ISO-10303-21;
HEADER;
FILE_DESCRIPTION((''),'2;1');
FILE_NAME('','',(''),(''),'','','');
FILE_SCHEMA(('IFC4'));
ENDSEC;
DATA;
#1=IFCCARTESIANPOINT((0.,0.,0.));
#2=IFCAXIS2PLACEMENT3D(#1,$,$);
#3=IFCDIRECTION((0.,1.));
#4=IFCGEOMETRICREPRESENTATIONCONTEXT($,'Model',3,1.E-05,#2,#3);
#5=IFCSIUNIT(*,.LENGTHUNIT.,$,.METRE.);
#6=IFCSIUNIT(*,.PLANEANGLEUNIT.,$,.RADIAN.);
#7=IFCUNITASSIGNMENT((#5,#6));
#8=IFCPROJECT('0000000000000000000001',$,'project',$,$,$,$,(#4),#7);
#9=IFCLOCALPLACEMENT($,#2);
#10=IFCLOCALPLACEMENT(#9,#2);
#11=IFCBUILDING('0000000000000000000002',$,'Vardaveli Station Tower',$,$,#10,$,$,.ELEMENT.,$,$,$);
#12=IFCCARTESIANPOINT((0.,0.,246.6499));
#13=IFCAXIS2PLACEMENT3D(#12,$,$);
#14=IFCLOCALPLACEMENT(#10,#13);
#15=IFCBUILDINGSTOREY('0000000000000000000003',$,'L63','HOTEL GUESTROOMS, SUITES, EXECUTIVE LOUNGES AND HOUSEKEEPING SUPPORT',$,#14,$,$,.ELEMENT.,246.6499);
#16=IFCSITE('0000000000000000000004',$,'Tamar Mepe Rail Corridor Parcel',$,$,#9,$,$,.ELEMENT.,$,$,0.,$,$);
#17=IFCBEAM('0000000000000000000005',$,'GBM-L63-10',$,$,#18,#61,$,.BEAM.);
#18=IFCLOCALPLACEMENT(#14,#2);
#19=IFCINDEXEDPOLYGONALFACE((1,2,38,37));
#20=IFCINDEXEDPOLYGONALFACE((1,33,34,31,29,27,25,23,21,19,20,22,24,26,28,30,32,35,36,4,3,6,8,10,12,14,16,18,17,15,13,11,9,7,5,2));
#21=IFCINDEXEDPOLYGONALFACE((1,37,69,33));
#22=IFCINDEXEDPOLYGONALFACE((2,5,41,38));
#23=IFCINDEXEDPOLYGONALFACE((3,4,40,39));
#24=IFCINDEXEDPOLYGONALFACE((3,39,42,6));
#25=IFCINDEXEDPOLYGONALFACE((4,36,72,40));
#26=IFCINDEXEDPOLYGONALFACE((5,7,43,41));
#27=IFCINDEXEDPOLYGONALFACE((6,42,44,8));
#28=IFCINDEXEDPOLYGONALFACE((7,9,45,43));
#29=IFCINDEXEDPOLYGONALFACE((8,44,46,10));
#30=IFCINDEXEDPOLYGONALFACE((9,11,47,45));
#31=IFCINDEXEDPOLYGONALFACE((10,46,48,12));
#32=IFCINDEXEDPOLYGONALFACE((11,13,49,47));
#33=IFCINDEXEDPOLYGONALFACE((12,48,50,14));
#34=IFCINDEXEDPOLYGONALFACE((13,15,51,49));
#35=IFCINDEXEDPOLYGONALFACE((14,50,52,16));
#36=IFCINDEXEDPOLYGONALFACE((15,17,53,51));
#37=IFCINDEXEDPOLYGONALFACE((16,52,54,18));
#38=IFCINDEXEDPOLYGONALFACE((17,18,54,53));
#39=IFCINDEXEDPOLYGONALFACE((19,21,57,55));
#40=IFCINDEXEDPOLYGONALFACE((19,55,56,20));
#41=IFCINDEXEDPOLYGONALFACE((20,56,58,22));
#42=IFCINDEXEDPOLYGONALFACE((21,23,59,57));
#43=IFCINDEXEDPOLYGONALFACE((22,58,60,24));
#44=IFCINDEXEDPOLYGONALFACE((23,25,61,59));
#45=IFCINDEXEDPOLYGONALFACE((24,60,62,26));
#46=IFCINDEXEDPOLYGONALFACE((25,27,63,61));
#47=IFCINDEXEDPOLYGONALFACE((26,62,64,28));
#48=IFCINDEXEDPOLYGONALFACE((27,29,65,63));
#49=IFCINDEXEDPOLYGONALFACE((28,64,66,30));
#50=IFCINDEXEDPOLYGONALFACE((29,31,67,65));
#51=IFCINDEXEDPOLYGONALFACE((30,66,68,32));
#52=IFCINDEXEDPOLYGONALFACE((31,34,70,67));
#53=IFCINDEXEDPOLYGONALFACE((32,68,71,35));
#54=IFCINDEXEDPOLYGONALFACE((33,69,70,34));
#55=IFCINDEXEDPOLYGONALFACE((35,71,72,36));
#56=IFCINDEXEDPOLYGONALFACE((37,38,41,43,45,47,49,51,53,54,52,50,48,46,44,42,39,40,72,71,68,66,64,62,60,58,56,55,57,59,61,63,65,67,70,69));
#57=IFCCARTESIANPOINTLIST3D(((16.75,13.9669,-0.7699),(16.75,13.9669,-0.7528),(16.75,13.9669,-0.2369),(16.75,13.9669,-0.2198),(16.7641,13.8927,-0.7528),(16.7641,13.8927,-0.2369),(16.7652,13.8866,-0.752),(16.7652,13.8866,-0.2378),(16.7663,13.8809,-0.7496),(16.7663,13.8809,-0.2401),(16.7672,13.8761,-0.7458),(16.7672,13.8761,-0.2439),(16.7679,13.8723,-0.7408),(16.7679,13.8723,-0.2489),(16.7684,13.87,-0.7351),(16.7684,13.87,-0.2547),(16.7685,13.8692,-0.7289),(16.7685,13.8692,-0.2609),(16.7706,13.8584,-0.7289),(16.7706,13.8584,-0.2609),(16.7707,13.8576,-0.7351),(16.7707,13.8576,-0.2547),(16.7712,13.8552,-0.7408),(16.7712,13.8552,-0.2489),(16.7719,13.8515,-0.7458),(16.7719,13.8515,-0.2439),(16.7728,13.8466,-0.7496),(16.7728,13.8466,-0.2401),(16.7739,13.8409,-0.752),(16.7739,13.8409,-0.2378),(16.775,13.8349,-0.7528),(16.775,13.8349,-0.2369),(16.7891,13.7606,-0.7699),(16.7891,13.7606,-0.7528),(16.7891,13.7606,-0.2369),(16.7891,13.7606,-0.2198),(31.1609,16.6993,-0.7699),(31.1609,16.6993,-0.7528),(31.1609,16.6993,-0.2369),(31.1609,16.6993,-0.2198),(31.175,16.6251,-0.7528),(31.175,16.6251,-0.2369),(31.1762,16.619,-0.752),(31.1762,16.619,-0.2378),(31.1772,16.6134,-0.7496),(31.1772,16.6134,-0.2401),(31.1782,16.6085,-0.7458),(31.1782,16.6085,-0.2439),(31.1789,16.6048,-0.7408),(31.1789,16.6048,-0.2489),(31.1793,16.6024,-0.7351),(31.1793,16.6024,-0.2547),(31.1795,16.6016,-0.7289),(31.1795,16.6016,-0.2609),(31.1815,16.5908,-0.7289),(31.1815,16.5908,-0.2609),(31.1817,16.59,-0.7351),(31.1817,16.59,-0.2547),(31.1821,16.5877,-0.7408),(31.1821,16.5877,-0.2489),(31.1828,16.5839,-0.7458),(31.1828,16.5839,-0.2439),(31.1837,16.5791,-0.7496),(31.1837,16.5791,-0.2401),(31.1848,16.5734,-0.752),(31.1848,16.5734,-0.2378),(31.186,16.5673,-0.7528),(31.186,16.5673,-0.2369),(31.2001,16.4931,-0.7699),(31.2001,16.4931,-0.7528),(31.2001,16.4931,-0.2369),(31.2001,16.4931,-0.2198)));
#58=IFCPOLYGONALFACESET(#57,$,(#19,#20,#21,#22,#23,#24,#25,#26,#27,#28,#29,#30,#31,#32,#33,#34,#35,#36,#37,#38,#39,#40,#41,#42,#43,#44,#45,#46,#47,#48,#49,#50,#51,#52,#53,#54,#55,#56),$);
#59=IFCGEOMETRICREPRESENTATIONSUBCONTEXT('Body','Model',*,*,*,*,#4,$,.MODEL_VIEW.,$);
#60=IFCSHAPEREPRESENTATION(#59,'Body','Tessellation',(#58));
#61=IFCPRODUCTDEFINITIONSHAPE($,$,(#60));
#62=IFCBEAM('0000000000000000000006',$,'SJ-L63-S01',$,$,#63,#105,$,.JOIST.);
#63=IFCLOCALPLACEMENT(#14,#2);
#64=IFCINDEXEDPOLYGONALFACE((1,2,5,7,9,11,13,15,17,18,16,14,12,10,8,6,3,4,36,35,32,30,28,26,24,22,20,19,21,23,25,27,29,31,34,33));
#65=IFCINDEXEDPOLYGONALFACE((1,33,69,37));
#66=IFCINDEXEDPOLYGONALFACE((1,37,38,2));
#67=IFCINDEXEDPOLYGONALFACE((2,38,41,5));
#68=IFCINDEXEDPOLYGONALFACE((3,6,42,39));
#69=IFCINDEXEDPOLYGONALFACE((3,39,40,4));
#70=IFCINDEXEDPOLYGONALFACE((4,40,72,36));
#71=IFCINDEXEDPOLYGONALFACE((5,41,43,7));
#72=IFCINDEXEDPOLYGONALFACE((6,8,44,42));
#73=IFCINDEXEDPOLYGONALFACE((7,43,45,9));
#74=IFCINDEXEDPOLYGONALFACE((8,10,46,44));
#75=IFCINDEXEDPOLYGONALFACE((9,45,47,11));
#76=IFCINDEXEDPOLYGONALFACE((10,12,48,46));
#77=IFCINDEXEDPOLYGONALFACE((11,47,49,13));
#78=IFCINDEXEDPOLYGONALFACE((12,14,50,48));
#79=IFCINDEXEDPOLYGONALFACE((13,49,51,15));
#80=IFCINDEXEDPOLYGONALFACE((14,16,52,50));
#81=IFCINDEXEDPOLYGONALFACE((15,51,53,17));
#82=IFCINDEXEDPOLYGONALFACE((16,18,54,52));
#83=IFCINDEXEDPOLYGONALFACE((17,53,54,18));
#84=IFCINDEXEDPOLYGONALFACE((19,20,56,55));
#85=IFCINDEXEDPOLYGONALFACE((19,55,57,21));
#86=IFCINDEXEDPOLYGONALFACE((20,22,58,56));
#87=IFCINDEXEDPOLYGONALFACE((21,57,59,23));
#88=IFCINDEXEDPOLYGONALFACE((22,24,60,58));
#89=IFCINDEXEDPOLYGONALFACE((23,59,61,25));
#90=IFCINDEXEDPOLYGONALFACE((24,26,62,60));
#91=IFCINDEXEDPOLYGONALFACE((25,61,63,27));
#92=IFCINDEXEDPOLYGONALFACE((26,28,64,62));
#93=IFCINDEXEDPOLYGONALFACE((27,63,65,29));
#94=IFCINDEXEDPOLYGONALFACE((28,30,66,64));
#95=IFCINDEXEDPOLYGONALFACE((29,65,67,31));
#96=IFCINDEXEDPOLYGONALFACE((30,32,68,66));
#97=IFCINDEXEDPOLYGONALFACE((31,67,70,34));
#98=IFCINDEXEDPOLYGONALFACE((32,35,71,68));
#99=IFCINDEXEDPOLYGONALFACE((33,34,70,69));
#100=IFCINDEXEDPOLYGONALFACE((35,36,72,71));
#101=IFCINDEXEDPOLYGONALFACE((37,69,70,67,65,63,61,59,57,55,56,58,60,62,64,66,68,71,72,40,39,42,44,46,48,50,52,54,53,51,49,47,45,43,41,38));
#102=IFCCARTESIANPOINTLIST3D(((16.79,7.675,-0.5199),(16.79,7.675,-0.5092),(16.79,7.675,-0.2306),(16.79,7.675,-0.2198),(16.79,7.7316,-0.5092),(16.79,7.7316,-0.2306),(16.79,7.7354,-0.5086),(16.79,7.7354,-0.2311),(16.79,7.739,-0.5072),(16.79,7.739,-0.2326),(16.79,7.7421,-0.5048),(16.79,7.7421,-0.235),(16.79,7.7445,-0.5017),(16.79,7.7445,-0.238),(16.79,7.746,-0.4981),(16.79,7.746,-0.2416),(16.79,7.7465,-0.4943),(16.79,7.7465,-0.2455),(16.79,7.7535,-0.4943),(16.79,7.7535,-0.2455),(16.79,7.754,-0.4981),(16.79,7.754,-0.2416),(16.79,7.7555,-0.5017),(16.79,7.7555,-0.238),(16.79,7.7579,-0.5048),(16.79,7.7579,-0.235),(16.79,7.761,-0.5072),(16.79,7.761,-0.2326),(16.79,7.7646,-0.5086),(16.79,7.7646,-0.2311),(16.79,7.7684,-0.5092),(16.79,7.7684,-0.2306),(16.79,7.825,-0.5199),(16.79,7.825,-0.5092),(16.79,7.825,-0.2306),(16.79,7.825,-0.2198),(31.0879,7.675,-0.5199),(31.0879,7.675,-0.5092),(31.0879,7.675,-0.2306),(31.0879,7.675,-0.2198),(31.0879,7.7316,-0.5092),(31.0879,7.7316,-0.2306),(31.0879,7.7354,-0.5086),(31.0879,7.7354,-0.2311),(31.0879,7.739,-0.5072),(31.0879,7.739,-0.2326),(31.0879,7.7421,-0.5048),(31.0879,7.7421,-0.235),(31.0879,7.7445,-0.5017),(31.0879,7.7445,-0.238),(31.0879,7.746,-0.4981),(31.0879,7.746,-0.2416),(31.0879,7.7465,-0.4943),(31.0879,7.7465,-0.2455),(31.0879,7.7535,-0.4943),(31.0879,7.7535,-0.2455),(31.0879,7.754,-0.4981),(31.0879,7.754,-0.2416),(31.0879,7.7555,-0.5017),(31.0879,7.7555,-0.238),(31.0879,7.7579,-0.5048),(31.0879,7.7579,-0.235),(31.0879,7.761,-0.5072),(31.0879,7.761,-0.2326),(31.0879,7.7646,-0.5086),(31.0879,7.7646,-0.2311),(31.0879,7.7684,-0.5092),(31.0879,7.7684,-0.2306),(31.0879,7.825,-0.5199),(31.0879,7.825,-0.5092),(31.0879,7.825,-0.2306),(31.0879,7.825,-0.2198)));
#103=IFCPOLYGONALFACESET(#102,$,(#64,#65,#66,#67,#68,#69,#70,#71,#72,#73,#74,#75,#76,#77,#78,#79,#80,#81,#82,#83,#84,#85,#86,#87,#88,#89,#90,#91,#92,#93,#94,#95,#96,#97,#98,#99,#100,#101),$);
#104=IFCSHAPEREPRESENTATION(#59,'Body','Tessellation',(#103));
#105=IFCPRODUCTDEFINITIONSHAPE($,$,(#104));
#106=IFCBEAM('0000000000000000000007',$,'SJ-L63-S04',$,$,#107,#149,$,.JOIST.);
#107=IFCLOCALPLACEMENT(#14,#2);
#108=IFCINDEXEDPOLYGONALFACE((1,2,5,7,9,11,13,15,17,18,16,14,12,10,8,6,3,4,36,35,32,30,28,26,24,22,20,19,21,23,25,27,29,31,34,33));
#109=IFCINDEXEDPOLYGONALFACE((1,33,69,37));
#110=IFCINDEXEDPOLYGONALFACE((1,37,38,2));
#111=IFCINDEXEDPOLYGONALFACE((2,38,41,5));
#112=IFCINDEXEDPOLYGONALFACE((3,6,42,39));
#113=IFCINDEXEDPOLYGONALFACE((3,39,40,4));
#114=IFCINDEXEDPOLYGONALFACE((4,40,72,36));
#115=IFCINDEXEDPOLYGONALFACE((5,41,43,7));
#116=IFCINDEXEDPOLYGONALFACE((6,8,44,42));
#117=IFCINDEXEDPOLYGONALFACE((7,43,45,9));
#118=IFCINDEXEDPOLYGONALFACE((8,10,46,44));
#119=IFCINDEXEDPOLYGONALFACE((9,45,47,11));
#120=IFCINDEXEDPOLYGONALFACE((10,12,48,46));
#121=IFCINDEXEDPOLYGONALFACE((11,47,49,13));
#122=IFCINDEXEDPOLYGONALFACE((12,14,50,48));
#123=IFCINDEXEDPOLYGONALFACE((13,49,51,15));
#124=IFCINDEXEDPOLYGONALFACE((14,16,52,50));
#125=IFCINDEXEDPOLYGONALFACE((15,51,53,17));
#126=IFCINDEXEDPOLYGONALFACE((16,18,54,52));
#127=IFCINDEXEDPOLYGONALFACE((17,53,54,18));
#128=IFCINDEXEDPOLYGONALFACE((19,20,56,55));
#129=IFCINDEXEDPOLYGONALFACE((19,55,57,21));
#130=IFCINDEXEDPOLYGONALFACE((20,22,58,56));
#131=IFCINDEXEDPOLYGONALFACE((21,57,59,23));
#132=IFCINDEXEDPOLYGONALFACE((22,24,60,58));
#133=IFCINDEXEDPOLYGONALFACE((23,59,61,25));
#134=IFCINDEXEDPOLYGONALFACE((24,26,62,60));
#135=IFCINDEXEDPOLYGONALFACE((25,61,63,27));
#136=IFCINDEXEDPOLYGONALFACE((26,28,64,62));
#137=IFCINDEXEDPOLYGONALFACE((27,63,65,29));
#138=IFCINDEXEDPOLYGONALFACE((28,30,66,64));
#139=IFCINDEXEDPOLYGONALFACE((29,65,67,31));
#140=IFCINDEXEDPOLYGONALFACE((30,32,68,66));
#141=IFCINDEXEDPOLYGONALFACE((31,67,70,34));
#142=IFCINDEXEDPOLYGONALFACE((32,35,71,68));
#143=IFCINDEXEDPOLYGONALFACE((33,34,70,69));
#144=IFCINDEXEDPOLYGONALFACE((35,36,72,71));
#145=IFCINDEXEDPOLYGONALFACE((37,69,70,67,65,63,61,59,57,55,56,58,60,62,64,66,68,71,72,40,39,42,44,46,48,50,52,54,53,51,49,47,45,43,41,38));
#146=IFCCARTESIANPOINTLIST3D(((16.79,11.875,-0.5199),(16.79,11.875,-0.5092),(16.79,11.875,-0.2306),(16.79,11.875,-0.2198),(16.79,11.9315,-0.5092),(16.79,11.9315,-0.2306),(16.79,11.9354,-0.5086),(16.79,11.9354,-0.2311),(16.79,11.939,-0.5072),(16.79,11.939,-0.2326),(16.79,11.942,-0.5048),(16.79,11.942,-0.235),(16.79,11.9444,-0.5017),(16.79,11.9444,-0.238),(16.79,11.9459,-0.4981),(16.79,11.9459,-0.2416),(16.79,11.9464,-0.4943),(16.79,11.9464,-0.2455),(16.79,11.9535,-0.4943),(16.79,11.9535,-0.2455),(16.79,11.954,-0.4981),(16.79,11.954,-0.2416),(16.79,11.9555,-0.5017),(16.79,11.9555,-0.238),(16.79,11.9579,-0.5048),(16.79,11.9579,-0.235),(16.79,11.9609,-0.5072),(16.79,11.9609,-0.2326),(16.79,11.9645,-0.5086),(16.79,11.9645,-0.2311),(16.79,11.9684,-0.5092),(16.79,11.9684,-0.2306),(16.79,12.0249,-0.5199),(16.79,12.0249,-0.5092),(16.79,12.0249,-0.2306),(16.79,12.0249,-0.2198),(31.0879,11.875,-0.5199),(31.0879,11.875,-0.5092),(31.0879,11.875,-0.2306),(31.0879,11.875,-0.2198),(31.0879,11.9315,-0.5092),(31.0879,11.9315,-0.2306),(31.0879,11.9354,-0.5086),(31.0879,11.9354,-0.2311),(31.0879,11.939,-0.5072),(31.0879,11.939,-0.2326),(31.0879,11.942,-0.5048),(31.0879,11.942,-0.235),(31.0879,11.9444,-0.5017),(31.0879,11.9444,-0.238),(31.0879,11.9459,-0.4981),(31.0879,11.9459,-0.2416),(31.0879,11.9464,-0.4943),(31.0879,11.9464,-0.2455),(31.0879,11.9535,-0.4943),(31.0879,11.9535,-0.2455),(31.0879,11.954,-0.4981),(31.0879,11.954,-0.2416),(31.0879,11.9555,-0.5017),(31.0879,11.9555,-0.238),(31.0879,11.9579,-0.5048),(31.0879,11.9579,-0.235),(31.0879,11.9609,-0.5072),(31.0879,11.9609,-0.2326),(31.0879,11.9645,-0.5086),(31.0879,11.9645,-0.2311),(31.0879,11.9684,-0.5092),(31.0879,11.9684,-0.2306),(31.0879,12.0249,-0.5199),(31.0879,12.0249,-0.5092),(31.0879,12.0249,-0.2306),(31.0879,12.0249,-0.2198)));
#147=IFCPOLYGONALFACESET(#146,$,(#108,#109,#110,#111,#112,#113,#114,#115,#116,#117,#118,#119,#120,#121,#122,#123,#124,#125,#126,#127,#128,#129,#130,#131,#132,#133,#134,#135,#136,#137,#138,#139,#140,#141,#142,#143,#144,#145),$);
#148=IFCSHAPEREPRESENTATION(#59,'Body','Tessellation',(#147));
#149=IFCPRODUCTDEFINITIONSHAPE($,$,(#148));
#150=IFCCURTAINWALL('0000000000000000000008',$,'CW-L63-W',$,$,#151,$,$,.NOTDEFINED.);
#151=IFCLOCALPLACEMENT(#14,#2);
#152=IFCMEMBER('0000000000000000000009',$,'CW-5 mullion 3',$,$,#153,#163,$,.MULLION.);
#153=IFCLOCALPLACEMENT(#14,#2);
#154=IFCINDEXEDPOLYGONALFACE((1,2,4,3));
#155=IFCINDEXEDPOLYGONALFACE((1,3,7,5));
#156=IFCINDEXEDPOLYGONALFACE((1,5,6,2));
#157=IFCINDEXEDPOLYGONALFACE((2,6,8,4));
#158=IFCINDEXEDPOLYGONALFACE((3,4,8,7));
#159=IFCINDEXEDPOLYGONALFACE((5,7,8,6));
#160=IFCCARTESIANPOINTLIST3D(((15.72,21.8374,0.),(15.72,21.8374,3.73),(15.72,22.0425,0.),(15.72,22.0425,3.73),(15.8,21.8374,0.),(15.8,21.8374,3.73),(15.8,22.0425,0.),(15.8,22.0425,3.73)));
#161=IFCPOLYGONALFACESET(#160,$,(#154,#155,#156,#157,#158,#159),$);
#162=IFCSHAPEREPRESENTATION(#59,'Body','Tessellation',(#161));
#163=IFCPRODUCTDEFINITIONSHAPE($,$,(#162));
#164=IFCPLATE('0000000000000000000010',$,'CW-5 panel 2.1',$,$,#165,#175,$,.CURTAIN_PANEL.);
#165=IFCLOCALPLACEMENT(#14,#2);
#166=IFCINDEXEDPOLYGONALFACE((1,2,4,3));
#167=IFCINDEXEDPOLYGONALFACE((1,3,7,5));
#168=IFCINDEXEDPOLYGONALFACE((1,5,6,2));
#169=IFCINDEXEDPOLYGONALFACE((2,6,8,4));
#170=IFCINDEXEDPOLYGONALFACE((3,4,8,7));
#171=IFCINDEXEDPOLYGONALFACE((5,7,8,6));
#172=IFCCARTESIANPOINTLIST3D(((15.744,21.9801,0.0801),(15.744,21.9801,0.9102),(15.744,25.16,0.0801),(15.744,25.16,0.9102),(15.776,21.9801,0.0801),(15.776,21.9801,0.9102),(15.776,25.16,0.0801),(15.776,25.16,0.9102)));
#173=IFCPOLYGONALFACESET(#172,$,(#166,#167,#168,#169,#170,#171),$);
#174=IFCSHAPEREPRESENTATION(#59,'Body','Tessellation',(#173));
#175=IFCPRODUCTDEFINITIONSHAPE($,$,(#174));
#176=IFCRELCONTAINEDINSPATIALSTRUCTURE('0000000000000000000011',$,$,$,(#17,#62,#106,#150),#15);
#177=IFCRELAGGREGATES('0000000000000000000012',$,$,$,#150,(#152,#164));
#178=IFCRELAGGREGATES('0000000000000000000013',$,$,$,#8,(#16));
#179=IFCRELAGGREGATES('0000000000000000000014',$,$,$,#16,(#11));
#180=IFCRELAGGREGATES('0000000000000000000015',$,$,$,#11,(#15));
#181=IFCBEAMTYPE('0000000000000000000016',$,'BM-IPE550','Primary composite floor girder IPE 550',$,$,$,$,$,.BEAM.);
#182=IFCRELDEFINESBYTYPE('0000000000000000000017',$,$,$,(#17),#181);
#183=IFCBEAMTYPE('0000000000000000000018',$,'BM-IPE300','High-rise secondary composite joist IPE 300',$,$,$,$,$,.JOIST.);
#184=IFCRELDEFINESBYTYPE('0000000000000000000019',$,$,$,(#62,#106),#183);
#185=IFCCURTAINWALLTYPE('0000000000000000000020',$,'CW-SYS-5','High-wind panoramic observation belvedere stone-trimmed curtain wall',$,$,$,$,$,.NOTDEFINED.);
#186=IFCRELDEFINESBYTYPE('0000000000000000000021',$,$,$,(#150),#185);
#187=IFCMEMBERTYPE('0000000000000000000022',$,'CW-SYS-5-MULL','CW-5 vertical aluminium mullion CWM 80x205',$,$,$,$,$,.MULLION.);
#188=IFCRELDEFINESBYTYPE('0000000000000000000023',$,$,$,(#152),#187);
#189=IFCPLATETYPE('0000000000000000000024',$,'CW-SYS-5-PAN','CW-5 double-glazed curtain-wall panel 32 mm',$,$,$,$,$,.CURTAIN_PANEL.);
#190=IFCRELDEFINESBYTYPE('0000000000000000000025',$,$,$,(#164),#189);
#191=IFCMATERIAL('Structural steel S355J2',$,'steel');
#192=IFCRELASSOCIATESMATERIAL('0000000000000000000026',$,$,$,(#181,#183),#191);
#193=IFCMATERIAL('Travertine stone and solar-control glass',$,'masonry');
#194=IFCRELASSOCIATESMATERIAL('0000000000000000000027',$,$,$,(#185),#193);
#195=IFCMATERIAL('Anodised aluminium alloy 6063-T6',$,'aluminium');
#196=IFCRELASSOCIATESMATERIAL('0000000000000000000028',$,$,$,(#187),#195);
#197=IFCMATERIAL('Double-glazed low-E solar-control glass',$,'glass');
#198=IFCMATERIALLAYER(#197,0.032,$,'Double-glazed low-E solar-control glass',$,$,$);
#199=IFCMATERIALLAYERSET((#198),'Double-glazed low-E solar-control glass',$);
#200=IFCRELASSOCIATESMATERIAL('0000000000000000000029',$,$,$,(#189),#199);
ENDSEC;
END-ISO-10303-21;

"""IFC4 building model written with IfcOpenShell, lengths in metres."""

from ifc_helpers import new_model, si_unit, direction, frame, origin, origin_2d, place, context, subcontext, project, spatial, rectangle, i_section, extrude, source, transform, mapped, material, layer, layer_set, material_profile, profile_set, type_object, element, aggregate, save


model = new_model("IFC4")

# Units and contexts
model_context = context("Model", 3, precision=1e-05, world=origin(), true_north=direction((0.0, 1.0)))
body_context = subcontext(model_context, "Body", "Model", "MODEL_VIEW")
ifc_project = project(units=[si_unit("LENGTHUNIT", "METRE"), si_unit("PLANEANGLEUNIT", "RADIAN")], contexts=[model_context])

# Site, building, storey
site_placement = place(None, origin())
site = spatial("IfcSite", under=ifc_project, at=site_placement, Name="Tamar Mepe Rail Corridor Parcel", CompositionType="ELEMENT", RefElevation=0.0)
building_placement = place(site_placement, origin())
building = spatial("IfcBuilding", under=site, at=building_placement, Name="Vardaveli Station Tower", CompositionType="ELEMENT")
storey_placement = place(building_placement, frame((0.0, 0.0, 246.6499)))
storey = spatial("IfcBuildingStorey", under=building, at=storey_placement, Name="L63", Description="HOTEL GUESTROOMS, SUITES, EXECUTIVE LOUNGES AND HOUSEKEEPING SUPPORT", CompositionType="ELEMENT", Elevation=246.6499)

# Beams
ifc_material_1 = material(Name="Structural steel S355J2", Category="steel")
ifc_material_profile_1 = material_profile(ifc_material_1, i_section(OverallWidth=0.21, OverallDepth=0.55, WebThickness=0.011, FlangeThickness=0.0171, FilletRadius=0.0239, at=origin_2d()), Name="IPE 550")
ifc_profile_set_1 = profile_set([ifc_material_profile_1], Name="Structural steel S355J2")
beam_type_1 = type_object("IfcBeamType", Name="BM-IPE550", Description="Primary composite floor girder IPE 550", PredefinedType="BEAM", material=ifc_profile_set_1)
shared_shape_1 = source(origin(), body_context, "Body", "SweptSolid", [
    extrude(i_section(OverallWidth=0.21, OverallDepth=0.55, WebThickness=0.011, FlangeThickness=0.0171, FilletRadius=0.0239, at=origin_2d()), origin(), (0.0, 0.0, 1.0), 14.6677),
])
beam_1_placement = place(storey_placement, frame((16.7695, 13.8638, -0.4949), z_axis=(0.982495, 0.186289, 0.0), x_axis=(-0.186289, 0.982495, 0.0)))
element("IfcBeam", 1, at=beam_1_placement, inside=storey, type_object=beam_type_1, Name="GBM-L63-10", PredefinedType="BEAM", context=body_context, shape_type="MappedRepresentation", body=[
    mapped(shared_shape_1, transform((0.0, 0.0, 0.0), scale=1.0)),
])
ifc_material_profile_2 = material_profile(ifc_material_1, i_section(OverallWidth=0.1499, OverallDepth=0.3, WebThickness=0.0071, FlangeThickness=0.0107, FilletRadius=0.0149, at=origin_2d()), Name="IPE 300")
ifc_profile_set_2 = profile_set([ifc_material_profile_2], Name="Structural steel S355J2")
beam_type_2 = type_object("IfcBeamType", Name="BM-IPE300", Description="High-rise secondary composite joist IPE 300", PredefinedType="JOIST", material=ifc_profile_set_2)
shared_shape_2 = source(origin(), body_context, "Body", "SweptSolid", [
    extrude(i_section(OverallWidth=0.1499, OverallDepth=0.3, WebThickness=0.0071, FlangeThickness=0.0107, FilletRadius=0.0149, at=origin_2d()), origin(), (0.0, 0.0, 1.0), 14.2979),
])
for number, where, z_axis, x_axis, name in (
    (2, (16.79, 7.75, -0.3699), (1.0, 0.0, 0.0), (0.0, 1.0, 0.0), "SJ-L63-S01"),
    (3, (16.79, 11.95, -0.3699), (1.0, 0.0, 0.0), (0.0, 1.0, 0.0), "SJ-L63-S04"),
):
    element("IfcBeam", number, at=place(storey_placement, frame(where, z_axis=z_axis, x_axis=x_axis)), inside=storey, type_object=beam_type_2, Name=name, PredefinedType="JOIST", context=body_context, shape_type="MappedRepresentation", body=[
        mapped(shared_shape_2, transform((0.0, 0.0, 0.0), scale=1.0)),
    ])

# Curtain wall, member, plate
ifc_material_2 = material(Name="Travertine stone and solar-control glass", Category="masonry")
curtain_wall_type = type_object("IfcCurtainWallType", Name="CW-SYS-5", Description="High-wind panoramic observation belvedere stone-trimmed curtain wall", PredefinedType="NOTDEFINED", material=ifc_material_2)
curtain_wall_placement = place(storey_placement, origin())
curtain_wall = element("IfcCurtainWall", 4, at=curtain_wall_placement, inside=storey, type_object=curtain_wall_type, Name="CW-L63-W", PredefinedType="NOTDEFINED")
ifc_material_3 = material(Name="Anodised aluminium alloy 6063-T6", Category="aluminium")
ifc_material_profile_3 = material_profile(ifc_material_3, rectangle(XDim=0.0801, YDim=0.2051, at=origin_2d()), Name="CWM 80x205")
ifc_profile_set_3 = profile_set([ifc_material_profile_3], Name="Anodised aluminium alloy 6063-T6")
member_type = type_object("IfcMemberType", Name="CW-SYS-5-MULL", Description="CW-5 vertical aluminium mullion CWM 80x205", PredefinedType="MULLION", material=ifc_profile_set_3)
shared_shape_3 = source(origin(), body_context, "Body", "SweptSolid", [
    extrude(rectangle(XDim=0.0801, YDim=0.2051, at=origin_2d()), origin(), (0.0, 0.0, 1.0), 3.73),
])
member_placement = place(storey_placement, frame((15.76, 21.9399, 0.0), z_axis=(0.0, 0.0, 1.0), x_axis=(1.0, 0.0, 0.0)))
member = element("IfcMember", 5, at=member_placement, type_object=member_type, Name="CW-5 mullion 3", PredefinedType="MULLION", context=body_context, shape_type="MappedRepresentation", body=[
    mapped(shared_shape_3, transform((0.0, 0.0, 0.0), scale=1.0)),
])
ifc_material_4 = material(Name="Double-glazed low-E solar-control glass", Category="glass")
ifc_layer_1 = layer(ifc_material_4, 0.032, Name="Double-glazed low-E solar-control glass")
ifc_layer_set_1 = layer_set([ifc_layer_1], Name="Double-glazed low-E solar-control glass")
plate_type = type_object("IfcPlateType", Name="CW-SYS-5-PAN", Description="CW-5 double-glazed curtain-wall panel 32 mm", PredefinedType="CURTAIN_PANEL", material=ifc_layer_set_1)
shared_shape_4 = source(origin(), body_context, "Body", "SweptSolid", [
    extrude(rectangle(XDim=3.1799, YDim=0.032, at=origin_2d()), origin(), (0.0, 0.0, 1.0), 0.8301),
])
plate_placement = place(storey_placement, frame((15.76, 23.5701, 0.0801), z_axis=(0.0, 0.0, 1.0), x_axis=(0.0, -1.0, 0.0)))
plate = element("IfcPlate", 6, at=plate_placement, type_object=plate_type, Name="CW-5 panel 2.1", PredefinedType="CURTAIN_PANEL", context=body_context, shape_type="MappedRepresentation", body=[
    mapped(shared_shape_4, transform((0.0, 0.0, 0.0), scale=1.0)),
])
aggregate(curtain_wall, [member, plate])

save(model, "model.ifc")
